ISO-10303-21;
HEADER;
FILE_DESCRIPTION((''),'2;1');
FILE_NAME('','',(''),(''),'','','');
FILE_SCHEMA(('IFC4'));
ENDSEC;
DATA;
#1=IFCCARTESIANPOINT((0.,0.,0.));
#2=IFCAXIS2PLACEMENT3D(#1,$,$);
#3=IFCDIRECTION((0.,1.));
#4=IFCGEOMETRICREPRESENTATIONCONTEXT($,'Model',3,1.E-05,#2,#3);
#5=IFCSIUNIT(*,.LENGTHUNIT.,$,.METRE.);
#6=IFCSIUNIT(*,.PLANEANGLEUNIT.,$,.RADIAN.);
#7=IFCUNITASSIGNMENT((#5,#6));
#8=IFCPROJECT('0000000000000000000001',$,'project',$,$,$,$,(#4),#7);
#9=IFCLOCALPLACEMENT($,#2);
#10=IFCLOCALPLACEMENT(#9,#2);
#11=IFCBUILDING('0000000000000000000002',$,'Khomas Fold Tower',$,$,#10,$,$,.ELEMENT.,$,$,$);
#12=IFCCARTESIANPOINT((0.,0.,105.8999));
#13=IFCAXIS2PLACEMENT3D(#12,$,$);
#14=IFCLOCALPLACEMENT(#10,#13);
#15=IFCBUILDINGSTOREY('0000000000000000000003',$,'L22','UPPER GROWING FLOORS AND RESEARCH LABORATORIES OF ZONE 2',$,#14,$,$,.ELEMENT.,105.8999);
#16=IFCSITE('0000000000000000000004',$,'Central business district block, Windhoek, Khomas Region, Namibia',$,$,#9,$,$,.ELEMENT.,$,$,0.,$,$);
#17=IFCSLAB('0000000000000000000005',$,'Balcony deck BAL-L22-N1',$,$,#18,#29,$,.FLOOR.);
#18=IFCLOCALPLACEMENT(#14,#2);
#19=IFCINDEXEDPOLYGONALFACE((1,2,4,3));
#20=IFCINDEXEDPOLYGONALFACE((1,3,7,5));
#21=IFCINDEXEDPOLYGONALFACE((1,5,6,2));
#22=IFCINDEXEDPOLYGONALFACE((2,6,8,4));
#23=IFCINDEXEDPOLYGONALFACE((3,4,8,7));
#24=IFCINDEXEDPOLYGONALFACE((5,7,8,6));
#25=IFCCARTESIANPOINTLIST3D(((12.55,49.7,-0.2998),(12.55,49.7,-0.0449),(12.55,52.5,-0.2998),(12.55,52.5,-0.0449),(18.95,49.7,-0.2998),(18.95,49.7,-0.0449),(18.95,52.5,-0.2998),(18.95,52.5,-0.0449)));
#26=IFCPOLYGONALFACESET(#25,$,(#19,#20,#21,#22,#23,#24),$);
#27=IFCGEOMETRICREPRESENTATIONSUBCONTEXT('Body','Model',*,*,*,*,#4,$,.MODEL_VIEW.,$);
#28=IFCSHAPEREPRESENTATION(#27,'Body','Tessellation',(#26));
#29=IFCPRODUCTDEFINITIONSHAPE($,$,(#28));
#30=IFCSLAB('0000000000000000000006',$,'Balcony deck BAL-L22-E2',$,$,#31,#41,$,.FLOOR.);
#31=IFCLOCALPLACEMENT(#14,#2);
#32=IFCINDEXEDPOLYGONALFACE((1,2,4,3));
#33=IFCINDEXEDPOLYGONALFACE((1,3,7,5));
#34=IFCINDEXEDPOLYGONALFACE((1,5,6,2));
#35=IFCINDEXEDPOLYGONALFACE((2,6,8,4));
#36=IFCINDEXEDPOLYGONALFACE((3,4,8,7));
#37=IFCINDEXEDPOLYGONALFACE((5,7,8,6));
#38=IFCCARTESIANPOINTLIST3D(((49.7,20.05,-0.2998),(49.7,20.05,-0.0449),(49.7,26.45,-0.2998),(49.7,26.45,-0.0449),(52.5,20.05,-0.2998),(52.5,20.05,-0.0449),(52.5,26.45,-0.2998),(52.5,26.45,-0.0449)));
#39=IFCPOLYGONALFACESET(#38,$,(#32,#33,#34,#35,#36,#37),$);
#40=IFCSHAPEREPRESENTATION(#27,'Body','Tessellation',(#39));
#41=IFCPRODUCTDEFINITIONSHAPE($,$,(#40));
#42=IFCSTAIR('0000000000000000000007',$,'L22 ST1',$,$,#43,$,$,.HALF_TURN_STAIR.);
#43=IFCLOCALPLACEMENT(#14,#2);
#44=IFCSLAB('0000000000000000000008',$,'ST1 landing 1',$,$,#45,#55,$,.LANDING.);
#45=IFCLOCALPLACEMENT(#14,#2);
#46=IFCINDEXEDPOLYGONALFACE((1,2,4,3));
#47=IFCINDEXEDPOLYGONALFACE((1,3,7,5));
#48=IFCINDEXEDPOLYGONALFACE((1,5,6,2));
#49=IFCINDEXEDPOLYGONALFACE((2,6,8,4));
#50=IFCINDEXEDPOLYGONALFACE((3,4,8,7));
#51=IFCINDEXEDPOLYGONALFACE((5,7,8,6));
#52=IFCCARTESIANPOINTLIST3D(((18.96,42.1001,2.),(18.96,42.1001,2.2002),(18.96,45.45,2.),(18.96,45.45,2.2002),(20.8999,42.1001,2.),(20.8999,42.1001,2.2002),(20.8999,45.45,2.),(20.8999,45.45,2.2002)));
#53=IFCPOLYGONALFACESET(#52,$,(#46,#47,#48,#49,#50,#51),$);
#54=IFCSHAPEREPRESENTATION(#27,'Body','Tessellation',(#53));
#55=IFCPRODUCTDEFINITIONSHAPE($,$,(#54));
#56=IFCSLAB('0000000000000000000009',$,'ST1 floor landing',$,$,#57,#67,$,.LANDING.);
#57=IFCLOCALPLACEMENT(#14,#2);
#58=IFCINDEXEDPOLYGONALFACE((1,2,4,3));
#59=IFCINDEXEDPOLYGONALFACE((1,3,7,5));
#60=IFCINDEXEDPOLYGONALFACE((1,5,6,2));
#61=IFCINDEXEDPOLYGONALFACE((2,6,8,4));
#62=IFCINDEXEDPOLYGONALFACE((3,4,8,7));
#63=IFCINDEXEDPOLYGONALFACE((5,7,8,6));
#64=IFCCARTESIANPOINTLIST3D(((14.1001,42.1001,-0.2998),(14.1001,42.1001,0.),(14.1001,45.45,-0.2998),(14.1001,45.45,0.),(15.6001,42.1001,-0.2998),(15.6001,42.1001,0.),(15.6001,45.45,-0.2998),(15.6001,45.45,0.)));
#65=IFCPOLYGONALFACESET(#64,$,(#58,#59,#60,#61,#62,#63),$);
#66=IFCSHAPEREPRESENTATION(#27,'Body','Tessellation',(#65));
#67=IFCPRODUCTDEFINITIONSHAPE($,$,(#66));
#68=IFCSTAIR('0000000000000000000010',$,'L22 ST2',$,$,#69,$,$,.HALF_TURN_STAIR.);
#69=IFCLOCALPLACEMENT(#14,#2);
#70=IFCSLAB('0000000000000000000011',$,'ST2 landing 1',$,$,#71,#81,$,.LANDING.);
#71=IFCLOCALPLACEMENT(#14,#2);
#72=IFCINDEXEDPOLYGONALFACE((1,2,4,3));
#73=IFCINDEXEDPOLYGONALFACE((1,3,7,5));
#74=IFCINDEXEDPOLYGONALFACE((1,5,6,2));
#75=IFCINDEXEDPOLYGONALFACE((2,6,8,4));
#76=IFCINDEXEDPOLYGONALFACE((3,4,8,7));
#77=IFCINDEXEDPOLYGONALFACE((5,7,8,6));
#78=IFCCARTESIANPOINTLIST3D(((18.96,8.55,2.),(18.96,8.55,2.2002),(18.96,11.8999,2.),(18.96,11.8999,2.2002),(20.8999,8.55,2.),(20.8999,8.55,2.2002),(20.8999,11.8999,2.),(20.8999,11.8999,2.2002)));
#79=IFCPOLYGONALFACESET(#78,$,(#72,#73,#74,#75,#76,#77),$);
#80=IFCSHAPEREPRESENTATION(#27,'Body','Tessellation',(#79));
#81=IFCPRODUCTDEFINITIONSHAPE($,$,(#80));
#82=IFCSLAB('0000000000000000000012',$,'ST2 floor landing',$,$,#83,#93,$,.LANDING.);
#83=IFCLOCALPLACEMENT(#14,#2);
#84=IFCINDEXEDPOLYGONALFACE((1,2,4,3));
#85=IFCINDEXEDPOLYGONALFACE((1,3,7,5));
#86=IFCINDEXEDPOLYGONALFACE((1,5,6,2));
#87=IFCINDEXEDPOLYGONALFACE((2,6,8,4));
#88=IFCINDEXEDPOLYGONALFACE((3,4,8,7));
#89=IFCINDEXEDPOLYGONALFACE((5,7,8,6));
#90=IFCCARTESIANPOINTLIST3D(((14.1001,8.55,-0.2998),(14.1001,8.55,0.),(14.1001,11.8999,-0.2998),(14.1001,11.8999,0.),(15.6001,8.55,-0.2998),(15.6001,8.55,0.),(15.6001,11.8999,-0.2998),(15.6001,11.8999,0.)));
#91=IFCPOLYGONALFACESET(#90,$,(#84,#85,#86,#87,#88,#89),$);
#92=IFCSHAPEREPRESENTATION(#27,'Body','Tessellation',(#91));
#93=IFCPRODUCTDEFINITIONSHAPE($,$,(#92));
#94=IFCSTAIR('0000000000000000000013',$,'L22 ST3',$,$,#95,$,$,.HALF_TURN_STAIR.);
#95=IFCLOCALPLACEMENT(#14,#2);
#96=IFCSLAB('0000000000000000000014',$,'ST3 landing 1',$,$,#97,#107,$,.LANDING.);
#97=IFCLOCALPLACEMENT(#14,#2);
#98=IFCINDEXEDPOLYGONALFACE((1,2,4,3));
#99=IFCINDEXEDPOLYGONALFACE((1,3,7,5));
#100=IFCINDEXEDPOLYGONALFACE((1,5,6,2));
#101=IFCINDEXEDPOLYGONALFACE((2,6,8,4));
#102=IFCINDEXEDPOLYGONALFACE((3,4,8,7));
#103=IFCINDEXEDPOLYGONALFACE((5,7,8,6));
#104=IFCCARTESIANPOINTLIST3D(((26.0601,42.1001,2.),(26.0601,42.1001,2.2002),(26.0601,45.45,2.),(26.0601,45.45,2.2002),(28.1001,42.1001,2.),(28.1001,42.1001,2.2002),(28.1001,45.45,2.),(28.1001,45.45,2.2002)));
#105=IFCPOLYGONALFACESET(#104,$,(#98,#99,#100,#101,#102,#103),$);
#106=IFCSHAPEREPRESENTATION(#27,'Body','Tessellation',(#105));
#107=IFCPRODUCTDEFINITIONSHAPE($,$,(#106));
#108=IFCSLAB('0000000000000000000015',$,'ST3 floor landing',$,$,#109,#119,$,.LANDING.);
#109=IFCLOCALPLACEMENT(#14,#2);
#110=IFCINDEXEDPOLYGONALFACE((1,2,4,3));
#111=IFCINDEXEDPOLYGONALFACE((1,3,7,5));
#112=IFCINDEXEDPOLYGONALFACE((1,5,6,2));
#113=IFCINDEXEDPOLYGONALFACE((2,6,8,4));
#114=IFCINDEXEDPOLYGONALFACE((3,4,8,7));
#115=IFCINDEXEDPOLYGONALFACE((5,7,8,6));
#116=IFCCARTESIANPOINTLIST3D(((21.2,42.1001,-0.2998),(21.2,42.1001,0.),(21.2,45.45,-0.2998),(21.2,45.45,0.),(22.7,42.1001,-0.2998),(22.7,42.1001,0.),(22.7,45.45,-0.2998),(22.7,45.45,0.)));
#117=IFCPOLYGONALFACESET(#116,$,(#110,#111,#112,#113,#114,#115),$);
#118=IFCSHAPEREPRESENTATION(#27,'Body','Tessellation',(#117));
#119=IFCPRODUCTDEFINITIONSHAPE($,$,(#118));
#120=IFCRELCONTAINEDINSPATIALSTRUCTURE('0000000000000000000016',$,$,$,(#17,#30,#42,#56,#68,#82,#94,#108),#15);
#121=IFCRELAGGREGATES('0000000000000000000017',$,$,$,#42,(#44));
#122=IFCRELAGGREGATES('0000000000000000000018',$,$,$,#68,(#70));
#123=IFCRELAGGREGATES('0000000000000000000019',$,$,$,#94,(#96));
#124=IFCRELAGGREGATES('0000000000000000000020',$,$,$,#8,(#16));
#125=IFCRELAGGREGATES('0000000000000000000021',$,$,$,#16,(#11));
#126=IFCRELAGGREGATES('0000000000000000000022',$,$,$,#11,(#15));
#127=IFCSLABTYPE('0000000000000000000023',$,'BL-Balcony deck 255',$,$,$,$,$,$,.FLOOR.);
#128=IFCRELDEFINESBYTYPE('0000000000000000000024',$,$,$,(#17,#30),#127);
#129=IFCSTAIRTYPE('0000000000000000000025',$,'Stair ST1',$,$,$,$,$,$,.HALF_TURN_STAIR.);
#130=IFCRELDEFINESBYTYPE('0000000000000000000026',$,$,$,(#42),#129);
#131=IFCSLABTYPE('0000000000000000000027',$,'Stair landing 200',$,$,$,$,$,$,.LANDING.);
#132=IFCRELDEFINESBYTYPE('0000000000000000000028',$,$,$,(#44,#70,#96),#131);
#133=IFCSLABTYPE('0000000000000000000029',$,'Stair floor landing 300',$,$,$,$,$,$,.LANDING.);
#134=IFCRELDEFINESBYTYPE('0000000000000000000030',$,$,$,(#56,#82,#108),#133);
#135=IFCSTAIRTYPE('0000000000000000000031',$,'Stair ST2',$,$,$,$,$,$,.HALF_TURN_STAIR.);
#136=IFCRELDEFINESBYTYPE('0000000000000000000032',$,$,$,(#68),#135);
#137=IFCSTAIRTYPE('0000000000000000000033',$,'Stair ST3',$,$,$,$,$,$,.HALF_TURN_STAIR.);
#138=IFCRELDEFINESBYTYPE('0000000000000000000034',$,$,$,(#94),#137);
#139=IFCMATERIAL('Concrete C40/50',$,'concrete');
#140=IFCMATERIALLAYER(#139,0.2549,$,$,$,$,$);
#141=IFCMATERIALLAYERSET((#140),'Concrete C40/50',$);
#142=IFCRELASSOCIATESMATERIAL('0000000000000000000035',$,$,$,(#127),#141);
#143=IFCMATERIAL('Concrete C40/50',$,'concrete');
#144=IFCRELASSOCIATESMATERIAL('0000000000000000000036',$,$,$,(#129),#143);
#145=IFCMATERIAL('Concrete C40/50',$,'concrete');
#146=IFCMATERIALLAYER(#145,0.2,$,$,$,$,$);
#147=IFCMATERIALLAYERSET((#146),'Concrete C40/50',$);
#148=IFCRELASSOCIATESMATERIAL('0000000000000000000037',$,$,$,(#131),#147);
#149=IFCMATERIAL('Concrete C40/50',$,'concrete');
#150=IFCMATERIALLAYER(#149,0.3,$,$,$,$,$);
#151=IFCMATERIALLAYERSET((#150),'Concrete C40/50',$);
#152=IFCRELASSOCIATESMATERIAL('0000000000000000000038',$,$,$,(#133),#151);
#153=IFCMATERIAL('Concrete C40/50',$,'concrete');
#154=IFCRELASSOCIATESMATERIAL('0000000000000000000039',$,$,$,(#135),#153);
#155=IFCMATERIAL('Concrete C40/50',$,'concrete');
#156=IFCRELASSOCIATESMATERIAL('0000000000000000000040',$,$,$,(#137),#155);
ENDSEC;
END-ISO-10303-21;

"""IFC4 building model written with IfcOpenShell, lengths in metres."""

from ifc_helpers import new_model, si_unit, direction, frame, origin, place, context, subcontext, project, spatial, polyline, outline, extrude, source, transform, mapped, material, layer, layer_set, type_object, element, aggregate, save


model = new_model("IFC4")

# Units and contexts
model_context = context("Model", 3, precision=1e-05, world=origin(), true_north=direction((0.0, 1.0)))
body_context = subcontext(model_context, "Body", "Model", "MODEL_VIEW")
ifc_project = project(units=[si_unit("LENGTHUNIT", "METRE"), si_unit("PLANEANGLEUNIT", "RADIAN")], contexts=[model_context])

# Site, building, storey
site_placement = place(None, origin())
site = spatial("IfcSite", under=ifc_project, at=site_placement, Name="Central business district block, Windhoek, Khomas Region, Namibia", CompositionType="ELEMENT", RefElevation=0.0)
building_placement = place(site_placement, origin())
building = spatial("IfcBuilding", under=site, at=building_placement, Name="Khomas Fold Tower", CompositionType="ELEMENT")
storey_placement = place(building_placement, frame((0.0, 0.0, 105.8999)))
storey = spatial("IfcBuildingStorey", under=building, at=storey_placement, Name="L22", Description="UPPER GROWING FLOORS AND RESEARCH LABORATORIES OF ZONE 2", CompositionType="ELEMENT", Elevation=105.8999)

# Slabs
ifc_material_1 = material(Name="Concrete C40/50", Category="concrete")
ifc_layer_1 = layer(ifc_material_1, 0.2549)
ifc_layer_set_1 = layer_set([ifc_layer_1], Name="Concrete C40/50")
slab_type_1 = type_object("IfcSlabType", Name="BL-Balcony deck 255", PredefinedType="FLOOR", material=ifc_layer_set_1)
shared_shape_1 = source(origin(), body_context, "Body", "SweptSolid", [
    extrude(outline(polyline([(12.55, 49.7), (18.95, 49.7), (18.95, 52.5), (12.55, 52.5), (12.55, 49.7)])), origin(), (0.0, 0.0, 1.0), 0.2549),
])
slab_1_placement = place(storey_placement, frame((0.0, 0.0, -0.2998)))
element("IfcSlab", 1, at=slab_1_placement, inside=storey, type_object=slab_type_1, Name="Balcony deck BAL-L22-N1", PredefinedType="FLOOR", context=body_context, shape_type="MappedRepresentation", body=[
    mapped(shared_shape_1, transform((0.0, 0.0, 0.0))),
])
shared_shape_2 = source(origin(), body_context, "Body", "SweptSolid", [
    extrude(outline(polyline([(49.7, 20.05), (52.5, 20.05), (52.5, 26.45), (49.7, 26.45), (49.7, 20.05)])), origin(), (0.0, 0.0, 1.0), 0.2549),
])
slab_2_placement = place(storey_placement, frame((0.0, 0.0, -0.2998)))
element("IfcSlab", 2, at=slab_2_placement, inside=storey, type_object=slab_type_1, Name="Balcony deck BAL-L22-E2", PredefinedType="FLOOR", context=body_context, shape_type="MappedRepresentation", body=[
    mapped(shared_shape_2, transform((0.0, 0.0, 0.0))),
])

# Stair, slab
ifc_material_2 = material(Name="Concrete C40/50", Category="concrete")
stair_type_1 = type_object("IfcStairType", Name="Stair ST1", PredefinedType="HALF_TURN_STAIR", material=ifc_material_2)
stair_1_placement = place(storey_placement, origin())
stair_1 = element("IfcStair", 3, at=stair_1_placement, inside=storey, type_object=stair_type_1, Name="L22 ST1", PredefinedType="HALF_TURN_STAIR")
ifc_material_3 = material(Name="Concrete C40/50", Category="concrete")
ifc_layer_2 = layer(ifc_material_3, 0.2)
ifc_layer_set_2 = layer_set([ifc_layer_2], Name="Concrete C40/50")
slab_type_2 = type_object("IfcSlabType", Name="Stair landing 200", PredefinedType="LANDING", material=ifc_layer_set_2)
shared_shape_3 = source(origin(), body_context, "Body", "SweptSolid", [
    extrude(outline(polyline([(18.96, 42.1001), (20.8999, 42.1001), (20.8999, 45.45), (18.96, 45.45), (18.96, 42.1001)])), origin(), (0.0, 0.0, 1.0), 0.2002),
])
slab_3_placement = place(storey_placement, frame((0.0, 0.0, 2.0)))
slab_3 = element("IfcSlab", 4, at=slab_3_placement, type_object=slab_type_2, Name="ST1 landing 1", PredefinedType="LANDING", context=body_context, shape_type="MappedRepresentation", body=[
    mapped(shared_shape_3, transform((0.0, 0.0, 0.0))),
])
aggregate(stair_1, [slab_3])

# Slab
ifc_material_4 = material(Name="Concrete C40/50", Category="concrete")
ifc_layer_3 = layer(ifc_material_4, 0.3)
ifc_layer_set_3 = layer_set([ifc_layer_3], Name="Concrete C40/50")
slab_type_3 = type_object("IfcSlabType", Name="Stair floor landing 300", PredefinedType="LANDING", material=ifc_layer_set_3)
shared_shape_4 = source(origin(), body_context, "Body", "SweptSolid", [
    extrude(outline(polyline([(15.6001, 42.1001), (14.1001, 42.1001), (14.1001, 45.45), (15.6001, 45.45), (15.6001, 42.1001)])), origin(), (0.0, 0.0, 1.0), 0.2998),
])
slab_4_placement = place(storey_placement, frame((0.0, 0.0, -0.2998)))
element("IfcSlab", 5, at=slab_4_placement, inside=storey, type_object=slab_type_3, Name="ST1 floor landing", PredefinedType="LANDING", context=body_context, shape_type="MappedRepresentation", body=[
    mapped(shared_shape_4, transform((0.0, 0.0, 0.0))),
])

# Stair, slab
ifc_material_5 = material(Name="Concrete C40/50", Category="concrete")
stair_type_2 = type_object("IfcStairType", Name="Stair ST2", PredefinedType="HALF_TURN_STAIR", material=ifc_material_5)
stair_2_placement = place(storey_placement, origin())
stair_2 = element("IfcStair", 6, at=stair_2_placement, inside=storey, type_object=stair_type_2, Name="L22 ST2", PredefinedType="HALF_TURN_STAIR")
shared_shape_5 = source(origin(), body_context, "Body", "SweptSolid", [
    extrude(outline(polyline([(18.96, 8.55), (20.8999, 8.55), (20.8999, 11.8999), (18.96, 11.8999), (18.96, 8.55)])), origin(), (0.0, 0.0, 1.0), 0.2002),
])
slab_5_placement = place(storey_placement, frame((0.0, 0.0, 2.0)))
slab_5 = element("IfcSlab", 7, at=slab_5_placement, type_object=slab_type_2, Name="ST2 landing 1", PredefinedType="LANDING", context=body_context, shape_type="MappedRepresentation", body=[
    mapped(shared_shape_5, transform((0.0, 0.0, 0.0))),
])
aggregate(stair_2, [slab_5])

# Slab
shared_shape_6 = source(origin(), body_context, "Body", "SweptSolid", [
    extrude(outline(polyline([(15.6001, 8.55), (14.1001, 8.55), (14.1001, 11.8999), (15.6001, 11.8999), (15.6001, 8.55)])), origin(), (0.0, 0.0, 1.0), 0.2998),
])
slab_6_placement = place(storey_placement, frame((0.0, 0.0, -0.2998)))
element("IfcSlab", 8, at=slab_6_placement, inside=storey, type_object=slab_type_3, Name="ST2 floor landing", PredefinedType="LANDING", context=body_context, shape_type="MappedRepresentation", body=[
    mapped(shared_shape_6, transform((0.0, 0.0, 0.0))),
])

# Stair, slab
ifc_material_6 = material(Name="Concrete C40/50", Category="concrete")
stair_type_3 = type_object("IfcStairType", Name="Stair ST3", PredefinedType="HALF_TURN_STAIR", material=ifc_material_6)
stair_3_placement = place(storey_placement, origin())
stair_3 = element("IfcStair", 9, at=stair_3_placement, inside=storey, type_object=stair_type_3, Name="L22 ST3", PredefinedType="HALF_TURN_STAIR")
shared_shape_7 = source(origin(), body_context, "Body", "SweptSolid", [
    extrude(outline(polyline([(26.0601, 42.1001), (28.1001, 42.1001), (28.1001, 45.45), (26.0601, 45.45), (26.0601, 42.1001)])), origin(), (0.0, 0.0, 1.0), 0.2002),
])
slab_7_placement = place(storey_placement, frame((0.0, 0.0, 2.0)))
slab_7 = element("IfcSlab", 10, at=slab_7_placement, type_object=slab_type_2, Name="ST3 landing 1", PredefinedType="LANDING", context=body_context, shape_type="MappedRepresentation", body=[
    mapped(shared_shape_7, transform((0.0, 0.0, 0.0))),
])
aggregate(stair_3, [slab_7])

# Slab
shared_shape_8 = source(origin(), body_context, "Body", "SweptSolid", [
    extrude(outline(polyline([(22.7, 42.1001), (21.2, 42.1001), (21.2, 45.45), (22.7, 45.45), (22.7, 42.1001)])), origin(), (0.0, 0.0, 1.0), 0.2998),
])
slab_8_placement = place(storey_placement, frame((0.0, 0.0, -0.2998)))
element("IfcSlab", 11, at=slab_8_placement, inside=storey, type_object=slab_type_3, Name="ST3 floor landing", PredefinedType="LANDING", context=body_context, shape_type="MappedRepresentation", body=[
    mapped(shared_shape_8, transform((0.0, 0.0, 0.0))),
])

save(model, "model.ifc")
